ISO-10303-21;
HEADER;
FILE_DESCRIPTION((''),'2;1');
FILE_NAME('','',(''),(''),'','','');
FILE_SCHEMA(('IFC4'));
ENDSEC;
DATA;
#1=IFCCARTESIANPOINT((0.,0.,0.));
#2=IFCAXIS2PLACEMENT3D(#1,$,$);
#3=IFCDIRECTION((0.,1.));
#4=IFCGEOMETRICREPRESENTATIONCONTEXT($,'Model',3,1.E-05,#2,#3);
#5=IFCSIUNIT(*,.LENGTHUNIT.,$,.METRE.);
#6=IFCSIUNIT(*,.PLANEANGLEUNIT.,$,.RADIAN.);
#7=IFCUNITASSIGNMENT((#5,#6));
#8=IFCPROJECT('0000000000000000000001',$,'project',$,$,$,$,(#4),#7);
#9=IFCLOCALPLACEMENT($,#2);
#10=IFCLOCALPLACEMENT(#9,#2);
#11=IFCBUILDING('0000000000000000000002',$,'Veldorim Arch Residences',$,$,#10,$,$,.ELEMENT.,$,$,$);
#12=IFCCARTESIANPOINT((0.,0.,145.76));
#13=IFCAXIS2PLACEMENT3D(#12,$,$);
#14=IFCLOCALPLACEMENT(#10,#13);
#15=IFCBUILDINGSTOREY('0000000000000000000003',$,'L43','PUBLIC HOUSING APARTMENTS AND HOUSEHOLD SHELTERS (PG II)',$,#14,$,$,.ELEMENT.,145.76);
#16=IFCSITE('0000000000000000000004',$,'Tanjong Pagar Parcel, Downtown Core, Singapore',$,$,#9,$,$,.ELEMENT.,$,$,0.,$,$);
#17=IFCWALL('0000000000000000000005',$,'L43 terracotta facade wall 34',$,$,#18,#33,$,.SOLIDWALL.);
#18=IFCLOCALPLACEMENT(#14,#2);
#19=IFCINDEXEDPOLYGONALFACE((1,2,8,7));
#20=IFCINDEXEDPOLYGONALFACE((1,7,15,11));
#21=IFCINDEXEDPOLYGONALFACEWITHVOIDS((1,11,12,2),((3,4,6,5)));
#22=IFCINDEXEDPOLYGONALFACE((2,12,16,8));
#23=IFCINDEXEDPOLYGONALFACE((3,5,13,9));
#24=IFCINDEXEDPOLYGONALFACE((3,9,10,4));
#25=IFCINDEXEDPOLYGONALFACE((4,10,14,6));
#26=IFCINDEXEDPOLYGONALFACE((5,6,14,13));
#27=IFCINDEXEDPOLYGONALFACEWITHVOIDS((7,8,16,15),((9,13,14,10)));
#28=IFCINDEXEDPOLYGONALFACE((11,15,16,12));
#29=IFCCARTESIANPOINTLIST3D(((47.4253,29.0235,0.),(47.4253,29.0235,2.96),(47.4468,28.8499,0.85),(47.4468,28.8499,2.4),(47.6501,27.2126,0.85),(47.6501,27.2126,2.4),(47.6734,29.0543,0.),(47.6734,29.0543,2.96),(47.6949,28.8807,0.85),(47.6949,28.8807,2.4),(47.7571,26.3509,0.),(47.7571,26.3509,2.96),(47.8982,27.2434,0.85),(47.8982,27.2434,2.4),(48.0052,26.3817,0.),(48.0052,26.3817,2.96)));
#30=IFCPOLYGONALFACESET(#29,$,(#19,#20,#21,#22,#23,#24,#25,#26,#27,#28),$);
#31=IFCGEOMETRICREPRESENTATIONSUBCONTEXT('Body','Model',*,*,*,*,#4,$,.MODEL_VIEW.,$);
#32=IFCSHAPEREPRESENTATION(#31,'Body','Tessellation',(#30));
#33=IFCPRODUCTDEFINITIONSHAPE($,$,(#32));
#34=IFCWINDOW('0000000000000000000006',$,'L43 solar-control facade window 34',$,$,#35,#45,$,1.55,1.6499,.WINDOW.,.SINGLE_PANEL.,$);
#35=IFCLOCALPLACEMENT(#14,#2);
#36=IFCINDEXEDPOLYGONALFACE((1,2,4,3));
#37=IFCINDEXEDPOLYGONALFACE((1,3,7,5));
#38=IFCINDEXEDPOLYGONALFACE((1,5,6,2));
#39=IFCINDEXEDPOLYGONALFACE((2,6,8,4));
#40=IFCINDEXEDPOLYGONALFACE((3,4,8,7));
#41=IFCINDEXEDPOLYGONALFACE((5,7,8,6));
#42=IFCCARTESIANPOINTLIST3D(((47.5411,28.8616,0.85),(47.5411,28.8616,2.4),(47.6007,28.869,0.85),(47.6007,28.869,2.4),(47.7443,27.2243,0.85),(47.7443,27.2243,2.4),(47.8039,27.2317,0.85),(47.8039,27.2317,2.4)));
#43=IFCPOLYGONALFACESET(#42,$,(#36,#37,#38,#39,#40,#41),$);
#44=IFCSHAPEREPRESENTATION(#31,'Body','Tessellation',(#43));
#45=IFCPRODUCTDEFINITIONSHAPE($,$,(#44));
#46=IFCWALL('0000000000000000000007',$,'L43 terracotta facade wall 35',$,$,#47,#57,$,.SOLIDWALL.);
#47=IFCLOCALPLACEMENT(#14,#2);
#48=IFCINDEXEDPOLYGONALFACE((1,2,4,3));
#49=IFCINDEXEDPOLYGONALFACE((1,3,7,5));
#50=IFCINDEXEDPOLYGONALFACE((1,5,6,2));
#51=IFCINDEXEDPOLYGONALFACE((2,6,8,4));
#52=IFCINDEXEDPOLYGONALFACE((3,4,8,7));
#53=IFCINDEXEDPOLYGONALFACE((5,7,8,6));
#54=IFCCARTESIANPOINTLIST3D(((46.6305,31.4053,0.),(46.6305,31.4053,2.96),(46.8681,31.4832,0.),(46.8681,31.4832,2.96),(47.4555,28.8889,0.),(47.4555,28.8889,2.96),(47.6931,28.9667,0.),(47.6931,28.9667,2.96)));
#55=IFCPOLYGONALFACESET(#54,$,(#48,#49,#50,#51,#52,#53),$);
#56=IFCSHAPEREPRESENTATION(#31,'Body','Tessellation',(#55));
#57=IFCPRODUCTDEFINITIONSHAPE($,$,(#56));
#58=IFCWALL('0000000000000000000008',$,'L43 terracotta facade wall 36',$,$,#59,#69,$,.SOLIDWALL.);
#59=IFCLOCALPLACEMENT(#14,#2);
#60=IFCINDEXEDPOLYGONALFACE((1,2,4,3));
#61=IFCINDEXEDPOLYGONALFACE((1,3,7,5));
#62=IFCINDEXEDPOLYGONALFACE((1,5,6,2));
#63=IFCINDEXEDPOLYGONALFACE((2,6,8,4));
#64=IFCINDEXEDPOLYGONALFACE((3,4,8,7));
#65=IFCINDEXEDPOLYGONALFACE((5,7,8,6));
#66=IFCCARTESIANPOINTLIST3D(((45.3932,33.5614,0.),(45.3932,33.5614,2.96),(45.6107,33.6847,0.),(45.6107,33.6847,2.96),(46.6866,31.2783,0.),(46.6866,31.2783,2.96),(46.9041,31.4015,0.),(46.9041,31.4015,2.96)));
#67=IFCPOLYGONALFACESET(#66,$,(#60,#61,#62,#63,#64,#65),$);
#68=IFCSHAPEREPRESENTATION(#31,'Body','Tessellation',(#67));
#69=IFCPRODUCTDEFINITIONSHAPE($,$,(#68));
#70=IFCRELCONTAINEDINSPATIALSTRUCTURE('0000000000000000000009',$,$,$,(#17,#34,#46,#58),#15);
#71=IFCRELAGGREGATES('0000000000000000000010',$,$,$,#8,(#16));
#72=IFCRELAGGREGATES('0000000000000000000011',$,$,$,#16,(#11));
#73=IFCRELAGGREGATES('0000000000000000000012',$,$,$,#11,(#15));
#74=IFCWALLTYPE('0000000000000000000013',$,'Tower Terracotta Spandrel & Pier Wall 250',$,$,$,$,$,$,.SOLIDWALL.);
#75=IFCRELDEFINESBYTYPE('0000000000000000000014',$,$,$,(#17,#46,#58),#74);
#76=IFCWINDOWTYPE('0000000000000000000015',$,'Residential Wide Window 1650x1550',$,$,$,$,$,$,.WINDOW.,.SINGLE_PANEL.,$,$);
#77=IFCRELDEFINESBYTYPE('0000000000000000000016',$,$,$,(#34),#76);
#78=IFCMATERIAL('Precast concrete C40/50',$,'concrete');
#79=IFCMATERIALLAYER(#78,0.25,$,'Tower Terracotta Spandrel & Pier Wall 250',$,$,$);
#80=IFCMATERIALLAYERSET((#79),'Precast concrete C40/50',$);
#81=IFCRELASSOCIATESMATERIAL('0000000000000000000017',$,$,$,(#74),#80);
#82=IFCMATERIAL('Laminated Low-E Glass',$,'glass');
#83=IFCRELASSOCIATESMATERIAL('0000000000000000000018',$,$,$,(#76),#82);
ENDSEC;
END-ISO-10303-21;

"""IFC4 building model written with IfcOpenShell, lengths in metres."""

from ifc_helpers import new_model, si_unit, direction, frame, frame_2d, origin, place, context, subcontext, project, spatial, rectangle, extrude, material, layer, layer_set, type_object, element, fill, save


model = new_model("IFC4")

# Units and contexts
model_context = context("Model", 3, precision=1e-05, world=origin(), true_north=direction((0.0, 1.0)))
body_context = subcontext(model_context, "Body", "Model", "MODEL_VIEW")
ifc_project = project(units=[si_unit("LENGTHUNIT", "METRE"), si_unit("PLANEANGLEUNIT", "RADIAN")], contexts=[model_context])

# Site, building, storey
site_placement = place(None, origin())
site = spatial("IfcSite", under=ifc_project, at=site_placement, Name="Tanjong Pagar Parcel, Downtown Core, Singapore", CompositionType="ELEMENT", RefElevation=0.0)
building_placement = place(site_placement, origin())
building = spatial("IfcBuilding", under=site, at=building_placement, Name="Veldorim Arch Residences", CompositionType="ELEMENT")
storey_placement = place(building_placement, frame((0.0, 0.0, 145.76)))
storey = spatial("IfcBuildingStorey", under=building, at=storey_placement, Name="L43", Description="PUBLIC HOUSING APARTMENTS AND HOUSEHOLD SHELTERS (PG II)", CompositionType="ELEMENT", Elevation=145.76)

# Wall, opening, window
ifc_material_1 = material(Name="Precast concrete C40/50", Category="concrete")
ifc_layer_1 = layer(ifc_material_1, 0.25, Name="Tower Terracotta Spandrel & Pier Wall 250")
ifc_layer_set_1 = layer_set([ifc_layer_1], Name="Precast concrete C40/50")
wall_type_1 = type_object("IfcWallType", Name="Tower Terracotta Spandrel & Pier Wall 250", PredefinedType="SOLIDWALL", material=ifc_layer_set_1)
ifc_material_2 = material(Name="Laminated Low-E Glass", Category="glass")
window_type = type_object("IfcWindowType", Name="Residential Wide Window 1650x1550", PartitioningType="SINGLE_PANEL", PredefinedType="WINDOW", material=ifc_material_2)
wall_1_placement = place(storey_placement, frame((47.5493, 29.0391, 0.0), z_axis=(0.0, 0.0, 1.0), x_axis=(0.123198, -0.992382, 0.0)))
wall_1 = element("IfcWall", 1, at=wall_1_placement, inside=storey, type_object=wall_type_1, Name="L43 terracotta facade wall 34", PredefinedType="SOLIDWALL", context=body_context, shape_type="SweptSolid", body=[
    extrude(rectangle(XDim=2.6931, YDim=0.25, at=frame_2d((1.3467, 0.0))), origin(), (0.0, 0.0, 1.0), 2.96),
])
opening_1_placement = place(wall_1_placement, frame((0.175, 0.0, 0.8501)))
opening_1 = element("IfcOpeningElement", 2, at=opening_1_placement, cuts=wall_1, PredefinedType="OPENING", context=body_context, shape_type="SweptSolid", body=[
    extrude(rectangle(XDim=1.6499, YDim=1.55, at=frame_2d((0.825, 0.7749))), frame((0.0, 0.135, 0.0), z_axis=(0.0, -1.0, 0.0), x_axis=(1.0, 0.0, 0.0)), (0.0, 0.0, 1.0), 0.27),
])
window_1_placement = place(opening_1_placement, origin())
window_1 = element("IfcWindow", 3, at=window_1_placement, inside=storey, type_object=window_type, Name="L43 solar-control facade window 34", OverallHeight=1.55, OverallWidth=1.6499, PartitioningType="SINGLE_PANEL", PredefinedType="WINDOW", context=body_context, shape_type="SweptSolid", body=[
    extrude(rectangle(XDim=1.6499, YDim=1.55, at=frame_2d((0.825, 0.7749))), frame((0.0, 0.03, 0.0), z_axis=(0.0, -1.0, 0.0), x_axis=(1.0, 0.0, 0.0)), (0.0, 0.0, 1.0), 0.0601),
])
fill(opening_1, window_1)

# Walls
wall_2_placement = place(storey_placement, frame((46.7493, 31.4443, 0.0), z_axis=(0.0, 0.0, 1.0), x_axis=(0.311522, -0.950239, 0.0)))
element("IfcWall", 4, at=wall_2_placement, inside=storey, type_object=wall_type_1, Name="L43 terracotta facade wall 35", PredefinedType="SOLIDWALL", context=body_context, shape_type="SweptSolid", body=[
    extrude(rectangle(XDim=2.6482, YDim=0.25, at=frame_2d((1.3242, 0.0))), origin(), (0.0, 0.0, 1.0), 2.96),
])
wall_3_placement = place(storey_placement, frame((45.502, 33.623, 0.0), z_axis=(0.0, 0.0, 1.0), x_axis=(0.492909, -0.870081, 0.0)))
element("IfcWall", 5, at=wall_3_placement, inside=storey, type_object=wall_type_1, Name="L43 terracotta facade wall 36", PredefinedType="SOLIDWALL", context=body_context, shape_type="SweptSolid", body=[
    extrude(rectangle(XDim=2.624, YDim=0.25, at=frame_2d((1.312, 0.0))), origin(), (0.0, 0.0, 1.0), 2.96),
])

save(model, "model.ifc")
